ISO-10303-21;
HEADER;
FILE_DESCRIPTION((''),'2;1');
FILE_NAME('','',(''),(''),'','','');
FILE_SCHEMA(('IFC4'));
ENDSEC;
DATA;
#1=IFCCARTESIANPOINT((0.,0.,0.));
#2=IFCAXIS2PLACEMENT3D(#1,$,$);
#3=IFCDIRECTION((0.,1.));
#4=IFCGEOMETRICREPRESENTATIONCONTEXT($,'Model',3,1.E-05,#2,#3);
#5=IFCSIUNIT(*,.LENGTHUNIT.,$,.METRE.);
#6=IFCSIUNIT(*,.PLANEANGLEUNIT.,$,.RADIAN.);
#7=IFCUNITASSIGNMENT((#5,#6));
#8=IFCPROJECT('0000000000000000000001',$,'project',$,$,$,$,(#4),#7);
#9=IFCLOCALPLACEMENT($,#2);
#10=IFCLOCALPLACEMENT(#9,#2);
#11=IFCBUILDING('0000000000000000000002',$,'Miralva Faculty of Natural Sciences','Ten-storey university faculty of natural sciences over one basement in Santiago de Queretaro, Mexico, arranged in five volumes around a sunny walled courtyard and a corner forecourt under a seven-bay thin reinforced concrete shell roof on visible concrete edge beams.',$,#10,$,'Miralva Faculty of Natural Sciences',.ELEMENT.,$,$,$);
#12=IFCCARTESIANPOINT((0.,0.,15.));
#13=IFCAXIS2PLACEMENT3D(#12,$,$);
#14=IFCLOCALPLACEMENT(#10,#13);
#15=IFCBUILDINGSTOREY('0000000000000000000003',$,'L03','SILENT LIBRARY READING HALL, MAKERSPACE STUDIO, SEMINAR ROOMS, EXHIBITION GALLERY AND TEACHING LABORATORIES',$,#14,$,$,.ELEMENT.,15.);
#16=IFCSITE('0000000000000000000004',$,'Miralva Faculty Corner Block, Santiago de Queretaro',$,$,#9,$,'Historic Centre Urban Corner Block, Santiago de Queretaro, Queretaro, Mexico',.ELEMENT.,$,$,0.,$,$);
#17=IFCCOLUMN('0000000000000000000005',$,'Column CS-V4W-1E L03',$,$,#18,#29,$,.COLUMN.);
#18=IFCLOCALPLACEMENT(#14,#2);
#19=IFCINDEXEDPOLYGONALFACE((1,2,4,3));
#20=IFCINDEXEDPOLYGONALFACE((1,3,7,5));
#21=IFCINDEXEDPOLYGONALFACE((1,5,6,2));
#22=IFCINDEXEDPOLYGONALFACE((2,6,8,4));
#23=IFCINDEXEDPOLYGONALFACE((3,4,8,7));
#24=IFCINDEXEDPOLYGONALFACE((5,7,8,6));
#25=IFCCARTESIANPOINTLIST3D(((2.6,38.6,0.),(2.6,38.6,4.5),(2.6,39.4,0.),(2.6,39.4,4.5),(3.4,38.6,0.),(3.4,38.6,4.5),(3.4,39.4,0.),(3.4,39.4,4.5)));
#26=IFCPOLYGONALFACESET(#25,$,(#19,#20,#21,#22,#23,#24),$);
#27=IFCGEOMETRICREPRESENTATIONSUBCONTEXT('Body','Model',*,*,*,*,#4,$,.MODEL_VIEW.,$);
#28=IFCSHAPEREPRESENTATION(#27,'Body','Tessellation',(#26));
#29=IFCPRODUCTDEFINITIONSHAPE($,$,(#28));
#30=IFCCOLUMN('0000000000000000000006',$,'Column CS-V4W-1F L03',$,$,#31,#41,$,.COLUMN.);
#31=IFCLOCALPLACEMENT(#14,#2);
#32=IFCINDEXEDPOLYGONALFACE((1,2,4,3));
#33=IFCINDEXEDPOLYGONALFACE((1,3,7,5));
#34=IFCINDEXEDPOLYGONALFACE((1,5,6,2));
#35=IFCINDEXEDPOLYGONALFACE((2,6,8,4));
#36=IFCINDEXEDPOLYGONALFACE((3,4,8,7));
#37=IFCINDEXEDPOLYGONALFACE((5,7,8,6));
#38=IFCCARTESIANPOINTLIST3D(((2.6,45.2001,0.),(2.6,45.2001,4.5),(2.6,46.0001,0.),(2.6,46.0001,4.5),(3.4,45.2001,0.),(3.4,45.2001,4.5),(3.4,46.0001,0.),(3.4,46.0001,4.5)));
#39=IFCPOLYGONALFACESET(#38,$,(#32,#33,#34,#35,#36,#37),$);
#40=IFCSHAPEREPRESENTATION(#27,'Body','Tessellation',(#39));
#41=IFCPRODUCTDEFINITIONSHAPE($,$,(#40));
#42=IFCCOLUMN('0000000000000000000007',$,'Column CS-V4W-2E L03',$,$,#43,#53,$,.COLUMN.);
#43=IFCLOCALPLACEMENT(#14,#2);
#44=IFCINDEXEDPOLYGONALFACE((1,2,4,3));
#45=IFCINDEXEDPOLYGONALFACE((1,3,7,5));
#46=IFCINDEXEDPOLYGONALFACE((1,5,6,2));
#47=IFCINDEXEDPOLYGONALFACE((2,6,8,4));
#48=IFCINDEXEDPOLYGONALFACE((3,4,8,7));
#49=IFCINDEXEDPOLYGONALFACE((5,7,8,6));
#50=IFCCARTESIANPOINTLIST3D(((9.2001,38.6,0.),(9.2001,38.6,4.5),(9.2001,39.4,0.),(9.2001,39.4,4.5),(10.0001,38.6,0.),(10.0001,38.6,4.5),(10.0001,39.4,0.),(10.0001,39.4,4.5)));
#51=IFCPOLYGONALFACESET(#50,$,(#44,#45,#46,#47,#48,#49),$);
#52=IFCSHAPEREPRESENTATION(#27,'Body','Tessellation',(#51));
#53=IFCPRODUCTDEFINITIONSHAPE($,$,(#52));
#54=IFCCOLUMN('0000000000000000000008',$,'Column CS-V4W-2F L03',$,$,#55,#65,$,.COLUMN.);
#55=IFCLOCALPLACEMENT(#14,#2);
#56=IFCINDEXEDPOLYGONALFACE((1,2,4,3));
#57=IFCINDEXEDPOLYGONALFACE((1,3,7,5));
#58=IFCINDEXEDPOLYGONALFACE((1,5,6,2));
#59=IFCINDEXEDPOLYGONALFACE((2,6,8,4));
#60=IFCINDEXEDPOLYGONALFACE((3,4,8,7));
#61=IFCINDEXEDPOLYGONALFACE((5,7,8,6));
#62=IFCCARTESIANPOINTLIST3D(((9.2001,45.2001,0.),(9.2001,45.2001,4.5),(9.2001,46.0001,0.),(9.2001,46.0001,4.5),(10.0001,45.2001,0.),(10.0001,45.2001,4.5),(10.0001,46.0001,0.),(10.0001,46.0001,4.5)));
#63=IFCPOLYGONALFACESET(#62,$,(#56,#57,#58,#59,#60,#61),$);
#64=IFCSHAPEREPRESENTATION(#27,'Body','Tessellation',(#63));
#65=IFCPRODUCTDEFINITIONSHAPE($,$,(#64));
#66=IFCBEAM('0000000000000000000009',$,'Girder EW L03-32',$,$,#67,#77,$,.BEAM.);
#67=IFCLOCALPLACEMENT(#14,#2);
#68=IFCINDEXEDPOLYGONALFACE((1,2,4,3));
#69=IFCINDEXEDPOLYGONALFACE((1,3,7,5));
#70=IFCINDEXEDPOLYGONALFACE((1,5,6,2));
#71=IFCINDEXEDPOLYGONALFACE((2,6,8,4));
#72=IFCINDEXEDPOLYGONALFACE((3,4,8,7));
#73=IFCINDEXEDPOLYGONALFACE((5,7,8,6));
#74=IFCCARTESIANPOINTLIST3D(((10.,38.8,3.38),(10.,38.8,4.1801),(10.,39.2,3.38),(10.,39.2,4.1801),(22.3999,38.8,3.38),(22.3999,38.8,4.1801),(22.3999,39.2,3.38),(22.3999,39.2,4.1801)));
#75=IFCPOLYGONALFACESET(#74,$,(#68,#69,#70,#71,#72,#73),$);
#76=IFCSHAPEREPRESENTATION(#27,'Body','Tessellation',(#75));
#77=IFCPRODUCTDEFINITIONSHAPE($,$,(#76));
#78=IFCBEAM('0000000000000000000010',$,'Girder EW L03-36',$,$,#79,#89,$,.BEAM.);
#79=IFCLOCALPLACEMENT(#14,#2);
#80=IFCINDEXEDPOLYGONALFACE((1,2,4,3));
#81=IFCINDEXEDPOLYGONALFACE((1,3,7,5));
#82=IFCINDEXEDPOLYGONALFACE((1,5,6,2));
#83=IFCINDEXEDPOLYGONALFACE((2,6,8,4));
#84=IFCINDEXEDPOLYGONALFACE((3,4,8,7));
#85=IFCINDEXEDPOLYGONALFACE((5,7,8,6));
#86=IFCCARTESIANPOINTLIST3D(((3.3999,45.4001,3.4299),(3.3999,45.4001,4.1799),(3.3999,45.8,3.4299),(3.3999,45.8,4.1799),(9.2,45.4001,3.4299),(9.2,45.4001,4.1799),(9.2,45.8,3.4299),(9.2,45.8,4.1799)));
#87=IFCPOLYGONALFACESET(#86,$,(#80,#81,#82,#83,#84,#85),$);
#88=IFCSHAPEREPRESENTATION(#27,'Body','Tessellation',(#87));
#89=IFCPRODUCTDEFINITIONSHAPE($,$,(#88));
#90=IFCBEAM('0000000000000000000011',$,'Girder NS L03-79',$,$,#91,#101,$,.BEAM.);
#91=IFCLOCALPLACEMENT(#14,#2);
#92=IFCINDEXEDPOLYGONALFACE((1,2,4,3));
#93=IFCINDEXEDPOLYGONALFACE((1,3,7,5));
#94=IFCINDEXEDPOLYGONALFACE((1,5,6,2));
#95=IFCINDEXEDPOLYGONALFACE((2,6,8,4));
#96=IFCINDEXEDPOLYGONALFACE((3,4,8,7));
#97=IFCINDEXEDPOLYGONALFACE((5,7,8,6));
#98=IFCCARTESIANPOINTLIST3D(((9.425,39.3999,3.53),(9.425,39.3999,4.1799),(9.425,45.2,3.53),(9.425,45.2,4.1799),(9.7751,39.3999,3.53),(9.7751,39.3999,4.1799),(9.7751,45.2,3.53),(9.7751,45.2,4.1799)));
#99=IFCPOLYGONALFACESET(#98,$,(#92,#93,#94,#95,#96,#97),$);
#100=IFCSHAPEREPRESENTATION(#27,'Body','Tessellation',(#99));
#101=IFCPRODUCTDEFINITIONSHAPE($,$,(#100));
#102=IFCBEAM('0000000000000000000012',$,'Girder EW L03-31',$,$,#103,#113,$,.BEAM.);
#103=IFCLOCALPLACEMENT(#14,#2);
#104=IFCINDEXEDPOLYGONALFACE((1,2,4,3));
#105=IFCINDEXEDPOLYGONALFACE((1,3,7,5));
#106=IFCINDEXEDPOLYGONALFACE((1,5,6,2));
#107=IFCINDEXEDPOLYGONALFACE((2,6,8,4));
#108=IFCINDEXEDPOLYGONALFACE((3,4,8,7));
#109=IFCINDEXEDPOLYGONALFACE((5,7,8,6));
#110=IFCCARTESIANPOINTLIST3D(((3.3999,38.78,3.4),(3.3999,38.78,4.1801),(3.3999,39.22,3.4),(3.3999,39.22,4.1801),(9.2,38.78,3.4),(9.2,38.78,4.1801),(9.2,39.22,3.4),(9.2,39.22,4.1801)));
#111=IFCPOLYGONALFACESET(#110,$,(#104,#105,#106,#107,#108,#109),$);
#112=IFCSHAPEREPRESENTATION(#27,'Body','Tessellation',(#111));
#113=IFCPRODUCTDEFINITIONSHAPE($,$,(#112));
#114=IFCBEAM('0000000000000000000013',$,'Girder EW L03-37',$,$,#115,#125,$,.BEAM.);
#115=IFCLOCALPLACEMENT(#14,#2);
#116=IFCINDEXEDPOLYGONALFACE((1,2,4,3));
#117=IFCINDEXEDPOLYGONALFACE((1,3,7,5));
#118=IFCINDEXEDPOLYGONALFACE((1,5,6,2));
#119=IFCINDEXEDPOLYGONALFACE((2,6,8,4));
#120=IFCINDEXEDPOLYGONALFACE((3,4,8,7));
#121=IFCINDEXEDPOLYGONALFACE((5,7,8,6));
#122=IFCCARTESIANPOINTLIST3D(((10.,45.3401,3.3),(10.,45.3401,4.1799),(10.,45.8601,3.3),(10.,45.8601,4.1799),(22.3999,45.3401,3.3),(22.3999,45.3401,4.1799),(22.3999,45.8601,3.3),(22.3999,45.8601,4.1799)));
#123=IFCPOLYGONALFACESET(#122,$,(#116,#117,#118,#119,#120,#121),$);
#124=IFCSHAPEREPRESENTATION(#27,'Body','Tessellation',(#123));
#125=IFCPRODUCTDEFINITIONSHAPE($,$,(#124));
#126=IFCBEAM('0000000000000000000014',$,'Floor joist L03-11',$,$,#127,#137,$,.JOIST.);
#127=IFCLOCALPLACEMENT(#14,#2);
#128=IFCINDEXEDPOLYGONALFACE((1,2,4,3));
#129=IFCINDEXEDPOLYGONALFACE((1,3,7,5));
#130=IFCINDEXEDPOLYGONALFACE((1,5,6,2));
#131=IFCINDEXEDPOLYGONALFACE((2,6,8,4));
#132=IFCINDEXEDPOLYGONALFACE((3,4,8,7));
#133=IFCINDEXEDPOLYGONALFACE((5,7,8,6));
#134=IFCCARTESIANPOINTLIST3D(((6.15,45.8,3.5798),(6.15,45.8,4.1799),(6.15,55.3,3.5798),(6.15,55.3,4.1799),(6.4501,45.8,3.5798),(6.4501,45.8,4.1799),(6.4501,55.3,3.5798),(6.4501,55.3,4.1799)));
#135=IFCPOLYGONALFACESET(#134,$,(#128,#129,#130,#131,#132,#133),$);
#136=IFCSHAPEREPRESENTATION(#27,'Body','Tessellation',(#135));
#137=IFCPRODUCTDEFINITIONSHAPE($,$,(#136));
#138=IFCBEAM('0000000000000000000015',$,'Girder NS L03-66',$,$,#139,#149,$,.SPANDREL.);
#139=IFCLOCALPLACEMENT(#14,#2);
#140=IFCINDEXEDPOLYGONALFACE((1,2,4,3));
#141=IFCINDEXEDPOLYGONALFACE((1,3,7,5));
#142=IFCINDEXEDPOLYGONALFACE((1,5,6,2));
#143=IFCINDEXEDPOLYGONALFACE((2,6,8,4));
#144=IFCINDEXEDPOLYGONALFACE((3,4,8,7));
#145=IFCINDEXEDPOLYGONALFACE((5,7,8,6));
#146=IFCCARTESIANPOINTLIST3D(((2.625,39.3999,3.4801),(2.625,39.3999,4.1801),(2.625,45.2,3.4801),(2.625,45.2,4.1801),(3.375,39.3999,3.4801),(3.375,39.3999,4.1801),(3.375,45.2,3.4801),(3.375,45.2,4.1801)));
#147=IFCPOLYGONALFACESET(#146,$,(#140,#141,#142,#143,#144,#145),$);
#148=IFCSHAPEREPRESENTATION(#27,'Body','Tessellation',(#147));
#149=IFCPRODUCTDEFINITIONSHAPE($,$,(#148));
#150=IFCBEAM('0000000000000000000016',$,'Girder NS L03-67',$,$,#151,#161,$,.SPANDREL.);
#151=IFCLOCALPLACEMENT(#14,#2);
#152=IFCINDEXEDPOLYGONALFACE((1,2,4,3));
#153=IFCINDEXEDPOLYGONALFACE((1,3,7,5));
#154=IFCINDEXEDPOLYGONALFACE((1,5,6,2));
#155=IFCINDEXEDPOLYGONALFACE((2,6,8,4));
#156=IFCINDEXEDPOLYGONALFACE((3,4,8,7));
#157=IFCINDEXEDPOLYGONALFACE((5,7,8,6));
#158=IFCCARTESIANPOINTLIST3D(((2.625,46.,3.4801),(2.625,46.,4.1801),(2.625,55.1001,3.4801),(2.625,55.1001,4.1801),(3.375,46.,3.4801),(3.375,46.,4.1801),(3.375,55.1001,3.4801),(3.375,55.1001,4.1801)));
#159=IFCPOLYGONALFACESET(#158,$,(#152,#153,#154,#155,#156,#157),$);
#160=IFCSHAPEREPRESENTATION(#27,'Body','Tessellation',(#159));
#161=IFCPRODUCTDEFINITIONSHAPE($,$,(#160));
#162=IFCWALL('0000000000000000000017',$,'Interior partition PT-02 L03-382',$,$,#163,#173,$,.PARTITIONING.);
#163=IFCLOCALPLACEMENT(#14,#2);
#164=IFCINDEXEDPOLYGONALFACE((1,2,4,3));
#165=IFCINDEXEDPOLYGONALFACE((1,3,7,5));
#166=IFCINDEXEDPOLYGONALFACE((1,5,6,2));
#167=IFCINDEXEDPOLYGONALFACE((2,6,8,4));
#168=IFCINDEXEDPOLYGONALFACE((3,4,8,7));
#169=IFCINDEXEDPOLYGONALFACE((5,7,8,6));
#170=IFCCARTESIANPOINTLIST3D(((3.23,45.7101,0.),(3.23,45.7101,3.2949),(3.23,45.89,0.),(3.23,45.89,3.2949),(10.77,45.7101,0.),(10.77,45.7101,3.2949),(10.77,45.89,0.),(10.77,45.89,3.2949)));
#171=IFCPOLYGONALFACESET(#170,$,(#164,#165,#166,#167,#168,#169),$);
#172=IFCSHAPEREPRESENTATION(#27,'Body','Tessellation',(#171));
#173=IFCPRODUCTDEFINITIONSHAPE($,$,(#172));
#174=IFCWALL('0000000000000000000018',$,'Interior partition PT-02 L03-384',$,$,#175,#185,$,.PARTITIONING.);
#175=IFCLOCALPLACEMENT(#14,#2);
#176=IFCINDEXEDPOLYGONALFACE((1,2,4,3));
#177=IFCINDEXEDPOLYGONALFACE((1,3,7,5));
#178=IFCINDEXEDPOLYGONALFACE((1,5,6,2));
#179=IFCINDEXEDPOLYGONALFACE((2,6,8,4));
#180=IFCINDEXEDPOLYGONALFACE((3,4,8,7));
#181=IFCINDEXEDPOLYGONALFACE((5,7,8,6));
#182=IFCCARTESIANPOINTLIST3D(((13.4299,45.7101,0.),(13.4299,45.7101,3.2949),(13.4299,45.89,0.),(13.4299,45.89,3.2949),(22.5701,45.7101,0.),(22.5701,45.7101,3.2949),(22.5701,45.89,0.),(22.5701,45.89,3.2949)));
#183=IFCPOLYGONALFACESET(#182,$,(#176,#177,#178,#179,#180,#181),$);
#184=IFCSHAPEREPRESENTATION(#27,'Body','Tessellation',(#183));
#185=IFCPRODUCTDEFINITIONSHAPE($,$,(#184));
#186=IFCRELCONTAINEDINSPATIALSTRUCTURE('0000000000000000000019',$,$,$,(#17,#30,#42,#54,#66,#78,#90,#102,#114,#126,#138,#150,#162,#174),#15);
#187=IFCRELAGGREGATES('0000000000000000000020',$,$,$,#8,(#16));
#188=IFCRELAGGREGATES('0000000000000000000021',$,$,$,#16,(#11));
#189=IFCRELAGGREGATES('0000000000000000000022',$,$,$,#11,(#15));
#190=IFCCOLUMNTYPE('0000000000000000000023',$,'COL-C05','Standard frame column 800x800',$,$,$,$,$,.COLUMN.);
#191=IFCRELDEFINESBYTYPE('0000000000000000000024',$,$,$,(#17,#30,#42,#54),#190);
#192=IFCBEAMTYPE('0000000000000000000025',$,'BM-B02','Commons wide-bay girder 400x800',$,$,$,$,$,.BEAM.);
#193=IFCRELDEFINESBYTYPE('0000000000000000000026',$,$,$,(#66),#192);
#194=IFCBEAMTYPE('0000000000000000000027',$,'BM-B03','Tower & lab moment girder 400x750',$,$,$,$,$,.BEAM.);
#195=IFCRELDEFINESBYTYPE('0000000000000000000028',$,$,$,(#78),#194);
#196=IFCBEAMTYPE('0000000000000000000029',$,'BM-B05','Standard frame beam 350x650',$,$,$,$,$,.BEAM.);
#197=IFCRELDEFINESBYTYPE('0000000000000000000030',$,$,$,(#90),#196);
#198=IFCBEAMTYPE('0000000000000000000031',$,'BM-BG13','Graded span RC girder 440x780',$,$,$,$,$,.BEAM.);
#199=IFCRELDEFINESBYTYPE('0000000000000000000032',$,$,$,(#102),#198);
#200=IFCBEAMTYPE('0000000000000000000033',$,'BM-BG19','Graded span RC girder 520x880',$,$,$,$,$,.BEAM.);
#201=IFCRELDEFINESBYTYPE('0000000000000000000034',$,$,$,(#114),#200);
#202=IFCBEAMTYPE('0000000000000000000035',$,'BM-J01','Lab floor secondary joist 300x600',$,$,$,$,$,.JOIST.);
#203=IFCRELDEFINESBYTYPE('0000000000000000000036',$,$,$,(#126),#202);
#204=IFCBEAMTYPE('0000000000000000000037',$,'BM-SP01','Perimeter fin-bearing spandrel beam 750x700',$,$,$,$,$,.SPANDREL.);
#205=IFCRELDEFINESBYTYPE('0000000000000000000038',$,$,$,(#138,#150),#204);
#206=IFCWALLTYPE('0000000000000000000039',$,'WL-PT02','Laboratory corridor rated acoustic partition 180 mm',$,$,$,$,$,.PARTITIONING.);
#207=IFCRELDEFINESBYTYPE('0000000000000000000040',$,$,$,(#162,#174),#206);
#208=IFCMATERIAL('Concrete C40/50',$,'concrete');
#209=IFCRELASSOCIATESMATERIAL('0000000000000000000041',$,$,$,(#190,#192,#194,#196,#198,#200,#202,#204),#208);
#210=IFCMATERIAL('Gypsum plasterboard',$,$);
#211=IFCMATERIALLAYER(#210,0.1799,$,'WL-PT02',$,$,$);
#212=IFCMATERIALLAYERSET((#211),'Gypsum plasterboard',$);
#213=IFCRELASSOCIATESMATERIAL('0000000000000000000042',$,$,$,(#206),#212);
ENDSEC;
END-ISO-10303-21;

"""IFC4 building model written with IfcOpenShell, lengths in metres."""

from ifc_helpers import new_model, si_unit, direction, frame, frame_2d, origin, origin_2d, place, context, subcontext, project, spatial, rectangle, extrude, material, layer, layer_set, material_profile, profile_set, type_object, element, save


model = new_model("IFC4")

# Units and contexts
model_context = context("Model", 3, precision=1e-05, world=origin(), true_north=direction((0.0, 1.0)))
body_context = subcontext(model_context, "Body", "Model", "MODEL_VIEW")
ifc_project = project(units=[si_unit("LENGTHUNIT", "METRE"), si_unit("PLANEANGLEUNIT", "RADIAN")], contexts=[model_context])

# Site, building, storey
site_placement = place(None, origin())
site = spatial("IfcSite", under=ifc_project, at=site_placement, Name="Miralva Faculty Corner Block, Santiago de Queretaro", LongName="Historic Centre Urban Corner Block, Santiago de Queretaro, Queretaro, Mexico", CompositionType="ELEMENT", RefElevation=0.0)
building_placement = place(site_placement, origin())
building = spatial("IfcBuilding", under=site, at=building_placement, Name="Miralva Faculty of Natural Sciences", Description="Ten-storey university faculty of natural sciences over one basement in Santiago de Queretaro, Mexico, arranged in five volumes around a sunny walled courtyard and a corner forecourt under a seven-bay thin reinforced concrete shell roof on visible concrete edge beams.", LongName="Miralva Faculty of Natural Sciences", CompositionType="ELEMENT")
storey_placement = place(building_placement, frame((0.0, 0.0, 15.0)))
storey = spatial("IfcBuildingStorey", under=building, at=storey_placement, Name="L03", Description="SILENT LIBRARY READING HALL, MAKERSPACE STUDIO, SEMINAR ROOMS, EXHIBITION GALLERY AND TEACHING LABORATORIES", CompositionType="ELEMENT", Elevation=15.0)

# Columns
ifc_material_1 = material(Name="Concrete C40/50", Category="concrete")
ifc_material_profile_1 = material_profile(ifc_material_1, rectangle(XDim=0.8, YDim=0.8, at=origin_2d()), Name="RC 800x800")
ifc_profile_set_1 = profile_set([ifc_material_profile_1], Name="Concrete C40/50")
column_type = type_object("IfcColumnType", Name="COL-C05", Description="Standard frame column 800x800", PredefinedType="COLUMN", material=ifc_profile_set_1)
for number, where, z_axis, x_axis, name in (
    (1, (3.0, 39.0, 0.0), (0.0, 0.0, 1.0), (1.0, 0.0, 0.0), "Column CS-V4W-1E L03"),
    (2, (3.0, 45.6001, 0.0), (0.0, 0.0, 1.0), (1.0, 0.0, 0.0), "Column CS-V4W-1F L03"),
    (3, (9.6001, 39.0, 0.0), (0.0, 0.0, 1.0), (1.0, 0.0, 0.0), "Column CS-V4W-2E L03"),
    (4, (9.6001, 45.6001, 0.0), (0.0, 0.0, 1.0), (1.0, 0.0, 0.0), "Column CS-V4W-2F L03"),
):
    element("IfcColumn", number, at=place(storey_placement, frame(where, z_axis=z_axis, x_axis=x_axis)), inside=storey, type_object=column_type, Name=name, PredefinedType="COLUMN", context=body_context, shape_type="SweptSolid", body=[
        extrude(rectangle(XDim=0.8, YDim=0.8, at=origin_2d()), origin(), (0.0, 0.0, 1.0), 4.5),
    ])

# Beams
ifc_material_profile_2 = material_profile(ifc_material_1, rectangle(XDim=0.3999, YDim=0.8, at=origin_2d()), Name="RC 400x800")
ifc_profile_set_2 = profile_set([ifc_material_profile_2], Name="Concrete C40/50")
beam_type_1 = type_object("IfcBeamType", Name="BM-B02", Description="Commons wide-bay girder 400x800", PredefinedType="BEAM", material=ifc_profile_set_2)
beam_1_placement = place(storey_placement, frame((10.0, 39.0, 3.78), z_axis=(1.0, 0.0, 0.0), x_axis=(0.0, 1.0, 0.0)))
element("IfcBeam", 5, at=beam_1_placement, inside=storey, type_object=beam_type_1, Name="Girder EW L03-32", PredefinedType="BEAM", context=body_context, shape_type="SweptSolid", body=[
    extrude(rectangle(XDim=0.3999, YDim=0.8, at=origin_2d()), origin(), (0.0, 0.0, 1.0), 12.3999),
])
ifc_material_profile_3 = material_profile(ifc_material_1, rectangle(XDim=0.3999, YDim=0.75, at=origin_2d()), Name="RC 400x750")
ifc_profile_set_3 = profile_set([ifc_material_profile_3], Name="Concrete C40/50")
beam_type_2 = type_object("IfcBeamType", Name="BM-B03", Description="Tower & lab moment girder 400x750", PredefinedType="BEAM", material=ifc_profile_set_3)
beam_2_placement = place(storey_placement, frame((3.3999, 45.6001, 3.8049), z_axis=(1.0, 0.0, 0.0), x_axis=(0.0, 1.0, 0.0)))
element("IfcBeam", 6, at=beam_2_placement, inside=storey, type_object=beam_type_2, Name="Girder EW L03-36", PredefinedType="BEAM", context=body_context, shape_type="SweptSolid", body=[
    extrude(rectangle(XDim=0.3999, YDim=0.75, at=origin_2d()), origin(), (0.0, 0.0, 1.0), 5.8),
])
ifc_material_profile_4 = material_profile(ifc_material_1, rectangle(XDim=0.3501, YDim=0.6499, at=origin_2d()), Name="RC 350x650")
ifc_profile_set_4 = profile_set([ifc_material_profile_4], Name="Concrete C40/50")
beam_type_3 = type_object("IfcBeamType", Name="BM-B05", Description="Standard frame beam 350x650", PredefinedType="BEAM", material=ifc_profile_set_4)
beam_3_placement = place(storey_placement, frame((9.6001, 39.3999, 3.855), z_axis=(0.0, 1.0, 0.0), x_axis=(-1.0, 0.0, 0.0)))
element("IfcBeam", 7, at=beam_3_placement, inside=storey, type_object=beam_type_3, Name="Girder NS L03-79", PredefinedType="BEAM", context=body_context, shape_type="SweptSolid", body=[
    extrude(rectangle(XDim=0.3501, YDim=0.6499, at=origin_2d()), origin(), (0.0, 0.0, 1.0), 5.8),
])
ifc_material_profile_5 = material_profile(ifc_material_1, rectangle(XDim=0.4399, YDim=0.78, at=origin_2d()), Name="RC 440x780")
ifc_profile_set_5 = profile_set([ifc_material_profile_5], Name="Concrete C40/50")
beam_type_4 = type_object("IfcBeamType", Name="BM-BG13", Description="Graded span RC girder 440x780", PredefinedType="BEAM", material=ifc_profile_set_5)
beam_4_placement = place(storey_placement, frame((3.3999, 39.0, 3.79), z_axis=(1.0, 0.0, 0.0), x_axis=(0.0, 1.0, 0.0)))
element("IfcBeam", 8, at=beam_4_placement, inside=storey, type_object=beam_type_4, Name="Girder EW L03-31", PredefinedType="BEAM", context=body_context, shape_type="SweptSolid", body=[
    extrude(rectangle(XDim=0.4399, YDim=0.78, at=origin_2d()), origin(), (0.0, 0.0, 1.0), 5.8),
])
ifc_material_profile_6 = material_profile(ifc_material_1, rectangle(XDim=0.52, YDim=0.8799, at=origin_2d()), Name="RC 520x880")
ifc_profile_set_6 = profile_set([ifc_material_profile_6], Name="Concrete C40/50")
beam_type_5 = type_object("IfcBeamType", Name="BM-BG19", Description="Graded span RC girder 520x880", PredefinedType="BEAM", material=ifc_profile_set_6)
beam_5_placement = place(storey_placement, frame((10.0, 45.6001, 3.74), z_axis=(1.0, 0.0, 0.0), x_axis=(0.0, 1.0, 0.0)))
element("IfcBeam", 9, at=beam_5_placement, inside=storey, type_object=beam_type_5, Name="Girder EW L03-37", PredefinedType="BEAM", context=body_context, shape_type="SweptSolid", body=[
    extrude(rectangle(XDim=0.52, YDim=0.8799, at=origin_2d()), origin(), (0.0, 0.0, 1.0), 12.3999),
])
ifc_material_profile_7 = material_profile(ifc_material_1, rectangle(XDim=0.3, YDim=0.6001, at=origin_2d()), Name="RC 300x600")
ifc_profile_set_7 = profile_set([ifc_material_profile_7], Name="Concrete C40/50")
beam_type_6 = type_object("IfcBeamType", Name="BM-J01", Description="Lab floor secondary joist 300x600", PredefinedType="JOIST", material=ifc_profile_set_7)
beam_6_placement = place(storey_placement, frame((6.3, 45.8, 3.8799), z_axis=(0.0, 1.0, 0.0), x_axis=(-1.0, 0.0, 0.0)))
element("IfcBeam", 10, at=beam_6_placement, inside=storey, type_object=beam_type_6, Name="Floor joist L03-11", PredefinedType="JOIST", context=body_context, shape_type="SweptSolid", body=[
    extrude(rectangle(XDim=0.3, YDim=0.6001, at=origin_2d()), origin(), (0.0, 0.0, 1.0), 9.5),
])
ifc_material_profile_8 = material_profile(ifc_material_1, rectangle(XDim=0.75, YDim=0.7, at=origin_2d()), Name="RC 750x700")
ifc_profile_set_8 = profile_set([ifc_material_profile_8], Name="Concrete C40/50")
beam_type_7 = type_object("IfcBeamType", Name="BM-SP01", Description="Perimeter fin-bearing spandrel beam 750x700", PredefinedType="SPANDREL", material=ifc_profile_set_8)
beam_7_placement = place(storey_placement, frame((3.0, 39.3999, 3.8301), z_axis=(0.0, 1.0, 0.0), x_axis=(-1.0, 0.0, 0.0)))
element("IfcBeam", 11, at=beam_7_placement, inside=storey, type_object=beam_type_7, Name="Girder NS L03-66", PredefinedType="SPANDREL", context=body_context, shape_type="SweptSolid", body=[
    extrude(rectangle(XDim=0.75, YDim=0.7, at=origin_2d()), origin(), (0.0, 0.0, 1.0), 5.8),
])
beam_8_placement = place(storey_placement, frame((3.0, 46.0, 3.8301), z_axis=(0.0, 1.0, 0.0), x_axis=(-1.0, 0.0, 0.0)))
element("IfcBeam", 12, at=beam_8_placement, inside=storey, type_object=beam_type_7, Name="Girder NS L03-67", PredefinedType="SPANDREL", context=body_context, shape_type="SweptSolid", body=[
    extrude(rectangle(XDim=0.75, YDim=0.7, at=origin_2d()), origin(), (0.0, 0.0, 1.0), 9.1001),
])

# Walls
ifc_material_2 = material(Name="Gypsum plasterboard")
ifc_layer_1 = layer(ifc_material_2, 0.1799, Name="WL-PT02")
ifc_layer_set_1 = layer_set([ifc_layer_1], Name="Gypsum plasterboard")
wall_type_1 = type_object("IfcWallType", Name="WL-PT02", Description="Laboratory corridor rated acoustic partition 180 mm", PredefinedType="PARTITIONING", material=ifc_layer_set_1)
wall_1_placement = place(storey_placement, frame((3.23, 45.8, 0.0), z_axis=(0.0, 0.0, 1.0), x_axis=(1.0, 0.0, 0.0)))
element("IfcWall", 13, at=wall_1_placement, inside=storey, type_object=wall_type_1, Name="Interior partition PT-02 L03-382", PredefinedType="PARTITIONING", context=body_context, shape_type="SweptSolid", body=[
    extrude(rectangle(XDim=7.54, YDim=0.1799, at=frame_2d((3.77, 0.0))), origin(), (0.0, 0.0, 1.0), 3.2949),
])
wall_2_placement = place(storey_placement, frame((13.4299, 45.8, 0.0), z_axis=(0.0, 0.0, 1.0), x_axis=(1.0, 0.0, 0.0)))
element("IfcWall", 14, at=wall_2_placement, inside=storey, type_object=wall_type_1, Name="Interior partition PT-02 L03-384", PredefinedType="PARTITIONING", context=body_context, shape_type="SweptSolid", body=[
    extrude(rectangle(XDim=9.1401, YDim=0.1799, at=frame_2d((4.5701, 0.0))), origin(), (0.0, 0.0, 1.0), 3.2949),
])

save(model, "model.ifc")
